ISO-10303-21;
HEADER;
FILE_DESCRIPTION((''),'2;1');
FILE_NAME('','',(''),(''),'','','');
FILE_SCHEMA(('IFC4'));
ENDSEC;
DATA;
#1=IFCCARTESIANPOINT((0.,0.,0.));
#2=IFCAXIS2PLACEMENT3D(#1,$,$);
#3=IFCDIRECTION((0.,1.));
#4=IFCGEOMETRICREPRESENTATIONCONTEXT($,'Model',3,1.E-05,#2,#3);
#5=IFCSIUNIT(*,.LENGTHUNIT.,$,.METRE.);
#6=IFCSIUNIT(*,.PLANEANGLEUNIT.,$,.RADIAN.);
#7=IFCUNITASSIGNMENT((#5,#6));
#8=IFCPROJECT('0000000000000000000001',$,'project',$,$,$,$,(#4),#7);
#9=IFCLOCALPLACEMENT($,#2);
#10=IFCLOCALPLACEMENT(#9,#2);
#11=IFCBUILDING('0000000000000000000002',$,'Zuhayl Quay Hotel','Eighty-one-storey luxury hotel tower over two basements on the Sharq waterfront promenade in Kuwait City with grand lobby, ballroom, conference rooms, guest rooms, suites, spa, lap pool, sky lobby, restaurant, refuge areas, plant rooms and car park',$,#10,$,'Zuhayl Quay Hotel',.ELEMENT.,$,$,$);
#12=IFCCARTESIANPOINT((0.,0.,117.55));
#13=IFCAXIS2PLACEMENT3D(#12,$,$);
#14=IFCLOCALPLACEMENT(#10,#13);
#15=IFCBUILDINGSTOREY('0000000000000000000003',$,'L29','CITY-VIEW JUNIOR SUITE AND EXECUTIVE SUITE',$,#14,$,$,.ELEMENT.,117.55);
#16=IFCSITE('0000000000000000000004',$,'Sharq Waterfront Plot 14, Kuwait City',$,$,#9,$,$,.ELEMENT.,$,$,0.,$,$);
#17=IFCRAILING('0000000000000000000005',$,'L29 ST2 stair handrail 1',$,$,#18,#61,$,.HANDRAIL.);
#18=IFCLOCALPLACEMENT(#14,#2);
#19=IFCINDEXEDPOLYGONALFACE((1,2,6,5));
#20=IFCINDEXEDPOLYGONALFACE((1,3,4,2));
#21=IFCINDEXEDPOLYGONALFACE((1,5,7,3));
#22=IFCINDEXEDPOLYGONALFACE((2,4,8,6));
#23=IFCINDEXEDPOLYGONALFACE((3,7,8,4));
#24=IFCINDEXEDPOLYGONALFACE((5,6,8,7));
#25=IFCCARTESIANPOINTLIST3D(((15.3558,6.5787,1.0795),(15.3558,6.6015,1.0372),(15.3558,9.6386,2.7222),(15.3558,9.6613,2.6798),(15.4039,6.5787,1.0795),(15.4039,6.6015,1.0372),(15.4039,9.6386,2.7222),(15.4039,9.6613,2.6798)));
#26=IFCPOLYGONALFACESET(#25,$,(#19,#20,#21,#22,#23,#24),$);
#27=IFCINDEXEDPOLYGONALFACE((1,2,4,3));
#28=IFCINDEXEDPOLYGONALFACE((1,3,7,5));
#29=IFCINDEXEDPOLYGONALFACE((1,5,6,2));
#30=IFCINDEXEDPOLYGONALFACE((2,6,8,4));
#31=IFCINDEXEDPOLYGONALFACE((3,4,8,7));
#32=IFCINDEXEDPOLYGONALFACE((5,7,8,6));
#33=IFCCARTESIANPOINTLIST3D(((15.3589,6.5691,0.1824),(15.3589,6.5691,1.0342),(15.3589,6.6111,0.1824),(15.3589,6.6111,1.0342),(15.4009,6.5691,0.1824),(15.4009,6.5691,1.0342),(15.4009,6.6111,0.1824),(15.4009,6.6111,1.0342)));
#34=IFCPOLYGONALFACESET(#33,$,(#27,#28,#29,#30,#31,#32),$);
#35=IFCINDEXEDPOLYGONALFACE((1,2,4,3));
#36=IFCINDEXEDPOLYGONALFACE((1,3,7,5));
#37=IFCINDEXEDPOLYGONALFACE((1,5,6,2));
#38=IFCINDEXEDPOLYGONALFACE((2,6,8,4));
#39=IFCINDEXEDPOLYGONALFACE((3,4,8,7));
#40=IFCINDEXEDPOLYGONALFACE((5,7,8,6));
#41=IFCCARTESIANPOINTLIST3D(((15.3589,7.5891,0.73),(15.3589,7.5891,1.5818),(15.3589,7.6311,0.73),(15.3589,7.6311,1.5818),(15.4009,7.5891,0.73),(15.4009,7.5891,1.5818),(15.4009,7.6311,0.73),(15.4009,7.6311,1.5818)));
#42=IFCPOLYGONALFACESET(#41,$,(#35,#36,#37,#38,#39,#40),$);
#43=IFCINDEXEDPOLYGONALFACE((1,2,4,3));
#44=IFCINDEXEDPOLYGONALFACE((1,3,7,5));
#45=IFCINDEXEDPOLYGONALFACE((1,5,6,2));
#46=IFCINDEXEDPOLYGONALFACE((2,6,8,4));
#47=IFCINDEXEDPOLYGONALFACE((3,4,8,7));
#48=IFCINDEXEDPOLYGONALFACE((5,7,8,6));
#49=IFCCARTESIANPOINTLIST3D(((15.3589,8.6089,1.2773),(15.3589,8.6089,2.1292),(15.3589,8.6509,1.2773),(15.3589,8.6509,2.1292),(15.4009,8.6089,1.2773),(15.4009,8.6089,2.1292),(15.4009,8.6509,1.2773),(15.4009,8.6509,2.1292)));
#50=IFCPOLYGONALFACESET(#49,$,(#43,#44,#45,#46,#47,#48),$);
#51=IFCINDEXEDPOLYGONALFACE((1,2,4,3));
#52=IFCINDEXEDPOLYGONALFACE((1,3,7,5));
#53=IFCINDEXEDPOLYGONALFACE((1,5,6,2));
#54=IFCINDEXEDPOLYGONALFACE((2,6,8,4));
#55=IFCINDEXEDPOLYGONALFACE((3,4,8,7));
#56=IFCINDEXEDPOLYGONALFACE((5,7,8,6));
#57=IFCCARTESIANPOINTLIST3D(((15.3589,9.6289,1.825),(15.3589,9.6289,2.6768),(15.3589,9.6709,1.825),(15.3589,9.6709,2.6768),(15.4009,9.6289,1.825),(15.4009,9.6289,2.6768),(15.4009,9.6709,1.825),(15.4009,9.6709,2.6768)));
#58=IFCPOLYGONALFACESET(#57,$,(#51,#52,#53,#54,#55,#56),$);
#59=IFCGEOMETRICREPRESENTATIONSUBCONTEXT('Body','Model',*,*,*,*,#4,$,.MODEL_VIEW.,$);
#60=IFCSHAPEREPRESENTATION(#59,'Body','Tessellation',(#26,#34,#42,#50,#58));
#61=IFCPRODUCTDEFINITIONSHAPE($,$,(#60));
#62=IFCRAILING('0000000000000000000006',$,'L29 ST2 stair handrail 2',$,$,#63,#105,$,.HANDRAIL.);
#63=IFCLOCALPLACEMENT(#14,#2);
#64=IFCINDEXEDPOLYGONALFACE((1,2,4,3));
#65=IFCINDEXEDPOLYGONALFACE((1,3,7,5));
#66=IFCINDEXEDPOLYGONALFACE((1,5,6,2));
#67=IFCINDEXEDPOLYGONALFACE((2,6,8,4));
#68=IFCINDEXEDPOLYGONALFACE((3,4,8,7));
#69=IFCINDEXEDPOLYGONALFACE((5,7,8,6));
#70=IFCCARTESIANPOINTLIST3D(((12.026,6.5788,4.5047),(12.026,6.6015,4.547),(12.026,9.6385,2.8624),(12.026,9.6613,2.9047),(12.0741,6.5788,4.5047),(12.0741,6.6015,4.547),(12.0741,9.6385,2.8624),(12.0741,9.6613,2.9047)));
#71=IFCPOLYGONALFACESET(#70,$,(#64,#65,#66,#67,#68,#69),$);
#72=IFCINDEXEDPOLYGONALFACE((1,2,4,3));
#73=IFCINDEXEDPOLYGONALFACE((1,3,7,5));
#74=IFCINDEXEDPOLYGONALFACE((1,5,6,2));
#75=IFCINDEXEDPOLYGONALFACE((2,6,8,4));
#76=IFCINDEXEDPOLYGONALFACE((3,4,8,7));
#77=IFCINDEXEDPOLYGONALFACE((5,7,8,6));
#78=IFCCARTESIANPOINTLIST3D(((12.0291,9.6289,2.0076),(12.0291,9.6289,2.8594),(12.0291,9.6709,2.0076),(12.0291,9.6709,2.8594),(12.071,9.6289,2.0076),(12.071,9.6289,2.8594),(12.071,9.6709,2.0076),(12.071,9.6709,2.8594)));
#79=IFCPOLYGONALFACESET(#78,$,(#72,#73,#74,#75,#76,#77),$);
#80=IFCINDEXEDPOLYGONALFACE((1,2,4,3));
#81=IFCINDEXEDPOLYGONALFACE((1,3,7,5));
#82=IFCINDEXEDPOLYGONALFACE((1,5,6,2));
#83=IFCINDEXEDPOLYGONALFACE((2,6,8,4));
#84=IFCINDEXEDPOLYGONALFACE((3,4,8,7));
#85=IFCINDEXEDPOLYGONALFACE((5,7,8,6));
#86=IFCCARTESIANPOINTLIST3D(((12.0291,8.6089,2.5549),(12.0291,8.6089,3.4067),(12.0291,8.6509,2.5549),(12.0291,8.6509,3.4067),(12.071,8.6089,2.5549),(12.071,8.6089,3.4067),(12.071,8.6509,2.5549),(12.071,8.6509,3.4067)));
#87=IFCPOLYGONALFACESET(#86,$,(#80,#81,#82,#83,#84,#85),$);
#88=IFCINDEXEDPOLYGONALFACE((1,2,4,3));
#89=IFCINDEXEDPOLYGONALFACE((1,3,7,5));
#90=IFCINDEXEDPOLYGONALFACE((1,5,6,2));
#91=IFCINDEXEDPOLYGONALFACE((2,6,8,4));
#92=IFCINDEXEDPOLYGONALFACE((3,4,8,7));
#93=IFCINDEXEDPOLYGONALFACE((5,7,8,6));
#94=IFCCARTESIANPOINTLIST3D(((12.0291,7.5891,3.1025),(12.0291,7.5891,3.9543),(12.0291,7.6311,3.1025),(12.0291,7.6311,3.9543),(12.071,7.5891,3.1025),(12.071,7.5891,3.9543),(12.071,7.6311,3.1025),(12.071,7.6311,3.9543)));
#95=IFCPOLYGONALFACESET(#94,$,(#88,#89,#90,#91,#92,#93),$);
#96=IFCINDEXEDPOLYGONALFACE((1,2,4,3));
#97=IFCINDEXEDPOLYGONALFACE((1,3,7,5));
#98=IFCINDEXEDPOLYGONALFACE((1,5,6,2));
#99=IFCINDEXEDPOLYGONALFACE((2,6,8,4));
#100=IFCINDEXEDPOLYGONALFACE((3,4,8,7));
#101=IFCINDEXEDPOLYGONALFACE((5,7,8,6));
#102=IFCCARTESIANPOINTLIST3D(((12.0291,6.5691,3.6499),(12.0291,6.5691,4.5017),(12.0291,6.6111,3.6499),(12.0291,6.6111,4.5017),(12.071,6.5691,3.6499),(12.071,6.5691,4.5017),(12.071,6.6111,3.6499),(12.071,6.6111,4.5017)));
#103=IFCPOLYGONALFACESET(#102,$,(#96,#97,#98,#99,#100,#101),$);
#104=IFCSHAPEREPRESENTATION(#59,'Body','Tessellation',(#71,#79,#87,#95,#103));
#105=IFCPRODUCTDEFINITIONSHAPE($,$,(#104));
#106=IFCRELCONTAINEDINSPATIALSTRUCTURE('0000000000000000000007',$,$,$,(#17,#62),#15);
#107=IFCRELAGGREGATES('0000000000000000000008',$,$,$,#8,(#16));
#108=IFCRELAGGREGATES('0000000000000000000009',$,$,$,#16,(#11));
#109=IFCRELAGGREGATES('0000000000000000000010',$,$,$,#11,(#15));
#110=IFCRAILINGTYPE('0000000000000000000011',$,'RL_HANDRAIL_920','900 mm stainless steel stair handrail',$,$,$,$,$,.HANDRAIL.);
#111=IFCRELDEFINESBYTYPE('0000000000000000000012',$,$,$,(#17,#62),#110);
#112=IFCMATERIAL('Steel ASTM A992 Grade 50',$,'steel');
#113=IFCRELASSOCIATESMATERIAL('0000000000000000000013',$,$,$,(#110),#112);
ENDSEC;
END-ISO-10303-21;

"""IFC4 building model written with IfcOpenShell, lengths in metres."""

from ifc_helpers import new_model, si_unit, direction, frame, origin, origin_2d, place, context, subcontext, project, spatial, rectangle, extrude, material, type_object, element, save


model = new_model("IFC4")

# Units and contexts
model_context = context("Model", 3, precision=1e-05, world=origin(), true_north=direction((0.0, 1.0)))
body_context = subcontext(model_context, "Body", "Model", "MODEL_VIEW")
ifc_project = project(units=[si_unit("LENGTHUNIT", "METRE"), si_unit("PLANEANGLEUNIT", "RADIAN")], contexts=[model_context])

# Site, building, storey
site_placement = place(None, origin())
site = spatial("IfcSite", under=ifc_project, at=site_placement, Name="Sharq Waterfront Plot 14, Kuwait City", CompositionType="ELEMENT", RefElevation=0.0)
building_placement = place(site_placement, origin())
building = spatial("IfcBuilding", under=site, at=building_placement, Name="Zuhayl Quay Hotel", Description="Eighty-one-storey luxury hotel tower over two basements on the Sharq waterfront promenade in Kuwait City with grand lobby, ballroom, conference rooms, guest rooms, suites, spa, lap pool, sky lobby, restaurant, refuge areas, plant rooms and car park", LongName="Zuhayl Quay Hotel", CompositionType="ELEMENT")
storey_placement = place(building_placement, frame((0.0, 0.0, 117.55)))
storey = spatial("IfcBuildingStorey", under=building, at=storey_placement, Name="L29", Description="CITY-VIEW JUNIOR SUITE AND EXECUTIVE SUITE", CompositionType="ELEMENT", Elevation=117.55)

# Shared definitions
ifc_material_1 = material(Name="Steel ASTM A992 Grade 50", Category="steel")

# Railings
railing_type_1 = type_object("IfcRailingType", Name="RL_HANDRAIL_920", Description="900 mm stainless steel stair handrail", PredefinedType="HANDRAIL", material=ifc_material_1)
railing_1_placement = place(storey_placement, frame((15.3799, 6.5901, 0.1824)))
element("IfcRailing", 1, at=railing_1_placement, inside=storey, type_object=railing_type_1, Name="L29 ST2 stair handrail 1", PredefinedType="HANDRAIL", context=body_context, shape_type="SweptSolid", body=[
    extrude(rectangle(XDim=0.0481, YDim=0.0481, at=origin_2d()), frame((0.0, 0.0, 0.876), z_axis=(0.0, 0.881073, 0.47298), x_axis=(-1.0, 0.0, 0.0)), (0.0, 0.0, 1.0), 3.4729),
    extrude(rectangle(XDim=0.042, YDim=0.042, at=origin_2d()), origin(), (0.0, 0.0, 1.0), 0.8518),
    extrude(rectangle(XDim=0.042, YDim=0.042, at=origin_2d()), frame((0.0, 1.02, 0.5476)), (0.0, 0.0, 1.0), 0.8518),
    extrude(rectangle(XDim=0.042, YDim=0.042, at=origin_2d()), frame((0.0, 2.0398, 1.095)), (0.0, 0.0, 1.0), 0.8518),
    extrude(rectangle(XDim=0.042, YDim=0.042, at=origin_2d()), frame((0.0, 3.0598, 1.6426)), (0.0, 0.0, 1.0), 0.8518),
])
railing_2_placement = place(storey_placement, frame((12.05, 9.6499, 2.0076)))
element("IfcRailing", 2, at=railing_2_placement, inside=storey, type_object=railing_type_1, Name="L29 ST2 stair handrail 2", PredefinedType="HANDRAIL", context=body_context, shape_type="SweptSolid", body=[
    extrude(rectangle(XDim=0.0481, YDim=0.0481, at=origin_2d()), frame((0.0, 0.0, 0.876), z_axis=(0.0, -0.881102, 0.472926), x_axis=(1.0, 0.0, 0.0)), (0.0, 0.0, 1.0), 3.4727),
    extrude(rectangle(XDim=0.042, YDim=0.042, at=origin_2d()), origin(), (0.0, 0.0, 1.0), 0.8518),
    extrude(rectangle(XDim=0.042, YDim=0.042, at=origin_2d()), frame((0.0, -1.02, 0.5474)), (0.0, 0.0, 1.0), 0.8518),
    extrude(rectangle(XDim=0.042, YDim=0.042, at=origin_2d()), frame((0.0, -2.0398, 1.095)), (0.0, 0.0, 1.0), 0.8518),
    extrude(rectangle(XDim=0.042, YDim=0.042, at=origin_2d()), frame((0.0, -3.0598, 1.6423)), (0.0, 0.0, 1.0), 0.8518),
])

save(model, "model.ifc")
